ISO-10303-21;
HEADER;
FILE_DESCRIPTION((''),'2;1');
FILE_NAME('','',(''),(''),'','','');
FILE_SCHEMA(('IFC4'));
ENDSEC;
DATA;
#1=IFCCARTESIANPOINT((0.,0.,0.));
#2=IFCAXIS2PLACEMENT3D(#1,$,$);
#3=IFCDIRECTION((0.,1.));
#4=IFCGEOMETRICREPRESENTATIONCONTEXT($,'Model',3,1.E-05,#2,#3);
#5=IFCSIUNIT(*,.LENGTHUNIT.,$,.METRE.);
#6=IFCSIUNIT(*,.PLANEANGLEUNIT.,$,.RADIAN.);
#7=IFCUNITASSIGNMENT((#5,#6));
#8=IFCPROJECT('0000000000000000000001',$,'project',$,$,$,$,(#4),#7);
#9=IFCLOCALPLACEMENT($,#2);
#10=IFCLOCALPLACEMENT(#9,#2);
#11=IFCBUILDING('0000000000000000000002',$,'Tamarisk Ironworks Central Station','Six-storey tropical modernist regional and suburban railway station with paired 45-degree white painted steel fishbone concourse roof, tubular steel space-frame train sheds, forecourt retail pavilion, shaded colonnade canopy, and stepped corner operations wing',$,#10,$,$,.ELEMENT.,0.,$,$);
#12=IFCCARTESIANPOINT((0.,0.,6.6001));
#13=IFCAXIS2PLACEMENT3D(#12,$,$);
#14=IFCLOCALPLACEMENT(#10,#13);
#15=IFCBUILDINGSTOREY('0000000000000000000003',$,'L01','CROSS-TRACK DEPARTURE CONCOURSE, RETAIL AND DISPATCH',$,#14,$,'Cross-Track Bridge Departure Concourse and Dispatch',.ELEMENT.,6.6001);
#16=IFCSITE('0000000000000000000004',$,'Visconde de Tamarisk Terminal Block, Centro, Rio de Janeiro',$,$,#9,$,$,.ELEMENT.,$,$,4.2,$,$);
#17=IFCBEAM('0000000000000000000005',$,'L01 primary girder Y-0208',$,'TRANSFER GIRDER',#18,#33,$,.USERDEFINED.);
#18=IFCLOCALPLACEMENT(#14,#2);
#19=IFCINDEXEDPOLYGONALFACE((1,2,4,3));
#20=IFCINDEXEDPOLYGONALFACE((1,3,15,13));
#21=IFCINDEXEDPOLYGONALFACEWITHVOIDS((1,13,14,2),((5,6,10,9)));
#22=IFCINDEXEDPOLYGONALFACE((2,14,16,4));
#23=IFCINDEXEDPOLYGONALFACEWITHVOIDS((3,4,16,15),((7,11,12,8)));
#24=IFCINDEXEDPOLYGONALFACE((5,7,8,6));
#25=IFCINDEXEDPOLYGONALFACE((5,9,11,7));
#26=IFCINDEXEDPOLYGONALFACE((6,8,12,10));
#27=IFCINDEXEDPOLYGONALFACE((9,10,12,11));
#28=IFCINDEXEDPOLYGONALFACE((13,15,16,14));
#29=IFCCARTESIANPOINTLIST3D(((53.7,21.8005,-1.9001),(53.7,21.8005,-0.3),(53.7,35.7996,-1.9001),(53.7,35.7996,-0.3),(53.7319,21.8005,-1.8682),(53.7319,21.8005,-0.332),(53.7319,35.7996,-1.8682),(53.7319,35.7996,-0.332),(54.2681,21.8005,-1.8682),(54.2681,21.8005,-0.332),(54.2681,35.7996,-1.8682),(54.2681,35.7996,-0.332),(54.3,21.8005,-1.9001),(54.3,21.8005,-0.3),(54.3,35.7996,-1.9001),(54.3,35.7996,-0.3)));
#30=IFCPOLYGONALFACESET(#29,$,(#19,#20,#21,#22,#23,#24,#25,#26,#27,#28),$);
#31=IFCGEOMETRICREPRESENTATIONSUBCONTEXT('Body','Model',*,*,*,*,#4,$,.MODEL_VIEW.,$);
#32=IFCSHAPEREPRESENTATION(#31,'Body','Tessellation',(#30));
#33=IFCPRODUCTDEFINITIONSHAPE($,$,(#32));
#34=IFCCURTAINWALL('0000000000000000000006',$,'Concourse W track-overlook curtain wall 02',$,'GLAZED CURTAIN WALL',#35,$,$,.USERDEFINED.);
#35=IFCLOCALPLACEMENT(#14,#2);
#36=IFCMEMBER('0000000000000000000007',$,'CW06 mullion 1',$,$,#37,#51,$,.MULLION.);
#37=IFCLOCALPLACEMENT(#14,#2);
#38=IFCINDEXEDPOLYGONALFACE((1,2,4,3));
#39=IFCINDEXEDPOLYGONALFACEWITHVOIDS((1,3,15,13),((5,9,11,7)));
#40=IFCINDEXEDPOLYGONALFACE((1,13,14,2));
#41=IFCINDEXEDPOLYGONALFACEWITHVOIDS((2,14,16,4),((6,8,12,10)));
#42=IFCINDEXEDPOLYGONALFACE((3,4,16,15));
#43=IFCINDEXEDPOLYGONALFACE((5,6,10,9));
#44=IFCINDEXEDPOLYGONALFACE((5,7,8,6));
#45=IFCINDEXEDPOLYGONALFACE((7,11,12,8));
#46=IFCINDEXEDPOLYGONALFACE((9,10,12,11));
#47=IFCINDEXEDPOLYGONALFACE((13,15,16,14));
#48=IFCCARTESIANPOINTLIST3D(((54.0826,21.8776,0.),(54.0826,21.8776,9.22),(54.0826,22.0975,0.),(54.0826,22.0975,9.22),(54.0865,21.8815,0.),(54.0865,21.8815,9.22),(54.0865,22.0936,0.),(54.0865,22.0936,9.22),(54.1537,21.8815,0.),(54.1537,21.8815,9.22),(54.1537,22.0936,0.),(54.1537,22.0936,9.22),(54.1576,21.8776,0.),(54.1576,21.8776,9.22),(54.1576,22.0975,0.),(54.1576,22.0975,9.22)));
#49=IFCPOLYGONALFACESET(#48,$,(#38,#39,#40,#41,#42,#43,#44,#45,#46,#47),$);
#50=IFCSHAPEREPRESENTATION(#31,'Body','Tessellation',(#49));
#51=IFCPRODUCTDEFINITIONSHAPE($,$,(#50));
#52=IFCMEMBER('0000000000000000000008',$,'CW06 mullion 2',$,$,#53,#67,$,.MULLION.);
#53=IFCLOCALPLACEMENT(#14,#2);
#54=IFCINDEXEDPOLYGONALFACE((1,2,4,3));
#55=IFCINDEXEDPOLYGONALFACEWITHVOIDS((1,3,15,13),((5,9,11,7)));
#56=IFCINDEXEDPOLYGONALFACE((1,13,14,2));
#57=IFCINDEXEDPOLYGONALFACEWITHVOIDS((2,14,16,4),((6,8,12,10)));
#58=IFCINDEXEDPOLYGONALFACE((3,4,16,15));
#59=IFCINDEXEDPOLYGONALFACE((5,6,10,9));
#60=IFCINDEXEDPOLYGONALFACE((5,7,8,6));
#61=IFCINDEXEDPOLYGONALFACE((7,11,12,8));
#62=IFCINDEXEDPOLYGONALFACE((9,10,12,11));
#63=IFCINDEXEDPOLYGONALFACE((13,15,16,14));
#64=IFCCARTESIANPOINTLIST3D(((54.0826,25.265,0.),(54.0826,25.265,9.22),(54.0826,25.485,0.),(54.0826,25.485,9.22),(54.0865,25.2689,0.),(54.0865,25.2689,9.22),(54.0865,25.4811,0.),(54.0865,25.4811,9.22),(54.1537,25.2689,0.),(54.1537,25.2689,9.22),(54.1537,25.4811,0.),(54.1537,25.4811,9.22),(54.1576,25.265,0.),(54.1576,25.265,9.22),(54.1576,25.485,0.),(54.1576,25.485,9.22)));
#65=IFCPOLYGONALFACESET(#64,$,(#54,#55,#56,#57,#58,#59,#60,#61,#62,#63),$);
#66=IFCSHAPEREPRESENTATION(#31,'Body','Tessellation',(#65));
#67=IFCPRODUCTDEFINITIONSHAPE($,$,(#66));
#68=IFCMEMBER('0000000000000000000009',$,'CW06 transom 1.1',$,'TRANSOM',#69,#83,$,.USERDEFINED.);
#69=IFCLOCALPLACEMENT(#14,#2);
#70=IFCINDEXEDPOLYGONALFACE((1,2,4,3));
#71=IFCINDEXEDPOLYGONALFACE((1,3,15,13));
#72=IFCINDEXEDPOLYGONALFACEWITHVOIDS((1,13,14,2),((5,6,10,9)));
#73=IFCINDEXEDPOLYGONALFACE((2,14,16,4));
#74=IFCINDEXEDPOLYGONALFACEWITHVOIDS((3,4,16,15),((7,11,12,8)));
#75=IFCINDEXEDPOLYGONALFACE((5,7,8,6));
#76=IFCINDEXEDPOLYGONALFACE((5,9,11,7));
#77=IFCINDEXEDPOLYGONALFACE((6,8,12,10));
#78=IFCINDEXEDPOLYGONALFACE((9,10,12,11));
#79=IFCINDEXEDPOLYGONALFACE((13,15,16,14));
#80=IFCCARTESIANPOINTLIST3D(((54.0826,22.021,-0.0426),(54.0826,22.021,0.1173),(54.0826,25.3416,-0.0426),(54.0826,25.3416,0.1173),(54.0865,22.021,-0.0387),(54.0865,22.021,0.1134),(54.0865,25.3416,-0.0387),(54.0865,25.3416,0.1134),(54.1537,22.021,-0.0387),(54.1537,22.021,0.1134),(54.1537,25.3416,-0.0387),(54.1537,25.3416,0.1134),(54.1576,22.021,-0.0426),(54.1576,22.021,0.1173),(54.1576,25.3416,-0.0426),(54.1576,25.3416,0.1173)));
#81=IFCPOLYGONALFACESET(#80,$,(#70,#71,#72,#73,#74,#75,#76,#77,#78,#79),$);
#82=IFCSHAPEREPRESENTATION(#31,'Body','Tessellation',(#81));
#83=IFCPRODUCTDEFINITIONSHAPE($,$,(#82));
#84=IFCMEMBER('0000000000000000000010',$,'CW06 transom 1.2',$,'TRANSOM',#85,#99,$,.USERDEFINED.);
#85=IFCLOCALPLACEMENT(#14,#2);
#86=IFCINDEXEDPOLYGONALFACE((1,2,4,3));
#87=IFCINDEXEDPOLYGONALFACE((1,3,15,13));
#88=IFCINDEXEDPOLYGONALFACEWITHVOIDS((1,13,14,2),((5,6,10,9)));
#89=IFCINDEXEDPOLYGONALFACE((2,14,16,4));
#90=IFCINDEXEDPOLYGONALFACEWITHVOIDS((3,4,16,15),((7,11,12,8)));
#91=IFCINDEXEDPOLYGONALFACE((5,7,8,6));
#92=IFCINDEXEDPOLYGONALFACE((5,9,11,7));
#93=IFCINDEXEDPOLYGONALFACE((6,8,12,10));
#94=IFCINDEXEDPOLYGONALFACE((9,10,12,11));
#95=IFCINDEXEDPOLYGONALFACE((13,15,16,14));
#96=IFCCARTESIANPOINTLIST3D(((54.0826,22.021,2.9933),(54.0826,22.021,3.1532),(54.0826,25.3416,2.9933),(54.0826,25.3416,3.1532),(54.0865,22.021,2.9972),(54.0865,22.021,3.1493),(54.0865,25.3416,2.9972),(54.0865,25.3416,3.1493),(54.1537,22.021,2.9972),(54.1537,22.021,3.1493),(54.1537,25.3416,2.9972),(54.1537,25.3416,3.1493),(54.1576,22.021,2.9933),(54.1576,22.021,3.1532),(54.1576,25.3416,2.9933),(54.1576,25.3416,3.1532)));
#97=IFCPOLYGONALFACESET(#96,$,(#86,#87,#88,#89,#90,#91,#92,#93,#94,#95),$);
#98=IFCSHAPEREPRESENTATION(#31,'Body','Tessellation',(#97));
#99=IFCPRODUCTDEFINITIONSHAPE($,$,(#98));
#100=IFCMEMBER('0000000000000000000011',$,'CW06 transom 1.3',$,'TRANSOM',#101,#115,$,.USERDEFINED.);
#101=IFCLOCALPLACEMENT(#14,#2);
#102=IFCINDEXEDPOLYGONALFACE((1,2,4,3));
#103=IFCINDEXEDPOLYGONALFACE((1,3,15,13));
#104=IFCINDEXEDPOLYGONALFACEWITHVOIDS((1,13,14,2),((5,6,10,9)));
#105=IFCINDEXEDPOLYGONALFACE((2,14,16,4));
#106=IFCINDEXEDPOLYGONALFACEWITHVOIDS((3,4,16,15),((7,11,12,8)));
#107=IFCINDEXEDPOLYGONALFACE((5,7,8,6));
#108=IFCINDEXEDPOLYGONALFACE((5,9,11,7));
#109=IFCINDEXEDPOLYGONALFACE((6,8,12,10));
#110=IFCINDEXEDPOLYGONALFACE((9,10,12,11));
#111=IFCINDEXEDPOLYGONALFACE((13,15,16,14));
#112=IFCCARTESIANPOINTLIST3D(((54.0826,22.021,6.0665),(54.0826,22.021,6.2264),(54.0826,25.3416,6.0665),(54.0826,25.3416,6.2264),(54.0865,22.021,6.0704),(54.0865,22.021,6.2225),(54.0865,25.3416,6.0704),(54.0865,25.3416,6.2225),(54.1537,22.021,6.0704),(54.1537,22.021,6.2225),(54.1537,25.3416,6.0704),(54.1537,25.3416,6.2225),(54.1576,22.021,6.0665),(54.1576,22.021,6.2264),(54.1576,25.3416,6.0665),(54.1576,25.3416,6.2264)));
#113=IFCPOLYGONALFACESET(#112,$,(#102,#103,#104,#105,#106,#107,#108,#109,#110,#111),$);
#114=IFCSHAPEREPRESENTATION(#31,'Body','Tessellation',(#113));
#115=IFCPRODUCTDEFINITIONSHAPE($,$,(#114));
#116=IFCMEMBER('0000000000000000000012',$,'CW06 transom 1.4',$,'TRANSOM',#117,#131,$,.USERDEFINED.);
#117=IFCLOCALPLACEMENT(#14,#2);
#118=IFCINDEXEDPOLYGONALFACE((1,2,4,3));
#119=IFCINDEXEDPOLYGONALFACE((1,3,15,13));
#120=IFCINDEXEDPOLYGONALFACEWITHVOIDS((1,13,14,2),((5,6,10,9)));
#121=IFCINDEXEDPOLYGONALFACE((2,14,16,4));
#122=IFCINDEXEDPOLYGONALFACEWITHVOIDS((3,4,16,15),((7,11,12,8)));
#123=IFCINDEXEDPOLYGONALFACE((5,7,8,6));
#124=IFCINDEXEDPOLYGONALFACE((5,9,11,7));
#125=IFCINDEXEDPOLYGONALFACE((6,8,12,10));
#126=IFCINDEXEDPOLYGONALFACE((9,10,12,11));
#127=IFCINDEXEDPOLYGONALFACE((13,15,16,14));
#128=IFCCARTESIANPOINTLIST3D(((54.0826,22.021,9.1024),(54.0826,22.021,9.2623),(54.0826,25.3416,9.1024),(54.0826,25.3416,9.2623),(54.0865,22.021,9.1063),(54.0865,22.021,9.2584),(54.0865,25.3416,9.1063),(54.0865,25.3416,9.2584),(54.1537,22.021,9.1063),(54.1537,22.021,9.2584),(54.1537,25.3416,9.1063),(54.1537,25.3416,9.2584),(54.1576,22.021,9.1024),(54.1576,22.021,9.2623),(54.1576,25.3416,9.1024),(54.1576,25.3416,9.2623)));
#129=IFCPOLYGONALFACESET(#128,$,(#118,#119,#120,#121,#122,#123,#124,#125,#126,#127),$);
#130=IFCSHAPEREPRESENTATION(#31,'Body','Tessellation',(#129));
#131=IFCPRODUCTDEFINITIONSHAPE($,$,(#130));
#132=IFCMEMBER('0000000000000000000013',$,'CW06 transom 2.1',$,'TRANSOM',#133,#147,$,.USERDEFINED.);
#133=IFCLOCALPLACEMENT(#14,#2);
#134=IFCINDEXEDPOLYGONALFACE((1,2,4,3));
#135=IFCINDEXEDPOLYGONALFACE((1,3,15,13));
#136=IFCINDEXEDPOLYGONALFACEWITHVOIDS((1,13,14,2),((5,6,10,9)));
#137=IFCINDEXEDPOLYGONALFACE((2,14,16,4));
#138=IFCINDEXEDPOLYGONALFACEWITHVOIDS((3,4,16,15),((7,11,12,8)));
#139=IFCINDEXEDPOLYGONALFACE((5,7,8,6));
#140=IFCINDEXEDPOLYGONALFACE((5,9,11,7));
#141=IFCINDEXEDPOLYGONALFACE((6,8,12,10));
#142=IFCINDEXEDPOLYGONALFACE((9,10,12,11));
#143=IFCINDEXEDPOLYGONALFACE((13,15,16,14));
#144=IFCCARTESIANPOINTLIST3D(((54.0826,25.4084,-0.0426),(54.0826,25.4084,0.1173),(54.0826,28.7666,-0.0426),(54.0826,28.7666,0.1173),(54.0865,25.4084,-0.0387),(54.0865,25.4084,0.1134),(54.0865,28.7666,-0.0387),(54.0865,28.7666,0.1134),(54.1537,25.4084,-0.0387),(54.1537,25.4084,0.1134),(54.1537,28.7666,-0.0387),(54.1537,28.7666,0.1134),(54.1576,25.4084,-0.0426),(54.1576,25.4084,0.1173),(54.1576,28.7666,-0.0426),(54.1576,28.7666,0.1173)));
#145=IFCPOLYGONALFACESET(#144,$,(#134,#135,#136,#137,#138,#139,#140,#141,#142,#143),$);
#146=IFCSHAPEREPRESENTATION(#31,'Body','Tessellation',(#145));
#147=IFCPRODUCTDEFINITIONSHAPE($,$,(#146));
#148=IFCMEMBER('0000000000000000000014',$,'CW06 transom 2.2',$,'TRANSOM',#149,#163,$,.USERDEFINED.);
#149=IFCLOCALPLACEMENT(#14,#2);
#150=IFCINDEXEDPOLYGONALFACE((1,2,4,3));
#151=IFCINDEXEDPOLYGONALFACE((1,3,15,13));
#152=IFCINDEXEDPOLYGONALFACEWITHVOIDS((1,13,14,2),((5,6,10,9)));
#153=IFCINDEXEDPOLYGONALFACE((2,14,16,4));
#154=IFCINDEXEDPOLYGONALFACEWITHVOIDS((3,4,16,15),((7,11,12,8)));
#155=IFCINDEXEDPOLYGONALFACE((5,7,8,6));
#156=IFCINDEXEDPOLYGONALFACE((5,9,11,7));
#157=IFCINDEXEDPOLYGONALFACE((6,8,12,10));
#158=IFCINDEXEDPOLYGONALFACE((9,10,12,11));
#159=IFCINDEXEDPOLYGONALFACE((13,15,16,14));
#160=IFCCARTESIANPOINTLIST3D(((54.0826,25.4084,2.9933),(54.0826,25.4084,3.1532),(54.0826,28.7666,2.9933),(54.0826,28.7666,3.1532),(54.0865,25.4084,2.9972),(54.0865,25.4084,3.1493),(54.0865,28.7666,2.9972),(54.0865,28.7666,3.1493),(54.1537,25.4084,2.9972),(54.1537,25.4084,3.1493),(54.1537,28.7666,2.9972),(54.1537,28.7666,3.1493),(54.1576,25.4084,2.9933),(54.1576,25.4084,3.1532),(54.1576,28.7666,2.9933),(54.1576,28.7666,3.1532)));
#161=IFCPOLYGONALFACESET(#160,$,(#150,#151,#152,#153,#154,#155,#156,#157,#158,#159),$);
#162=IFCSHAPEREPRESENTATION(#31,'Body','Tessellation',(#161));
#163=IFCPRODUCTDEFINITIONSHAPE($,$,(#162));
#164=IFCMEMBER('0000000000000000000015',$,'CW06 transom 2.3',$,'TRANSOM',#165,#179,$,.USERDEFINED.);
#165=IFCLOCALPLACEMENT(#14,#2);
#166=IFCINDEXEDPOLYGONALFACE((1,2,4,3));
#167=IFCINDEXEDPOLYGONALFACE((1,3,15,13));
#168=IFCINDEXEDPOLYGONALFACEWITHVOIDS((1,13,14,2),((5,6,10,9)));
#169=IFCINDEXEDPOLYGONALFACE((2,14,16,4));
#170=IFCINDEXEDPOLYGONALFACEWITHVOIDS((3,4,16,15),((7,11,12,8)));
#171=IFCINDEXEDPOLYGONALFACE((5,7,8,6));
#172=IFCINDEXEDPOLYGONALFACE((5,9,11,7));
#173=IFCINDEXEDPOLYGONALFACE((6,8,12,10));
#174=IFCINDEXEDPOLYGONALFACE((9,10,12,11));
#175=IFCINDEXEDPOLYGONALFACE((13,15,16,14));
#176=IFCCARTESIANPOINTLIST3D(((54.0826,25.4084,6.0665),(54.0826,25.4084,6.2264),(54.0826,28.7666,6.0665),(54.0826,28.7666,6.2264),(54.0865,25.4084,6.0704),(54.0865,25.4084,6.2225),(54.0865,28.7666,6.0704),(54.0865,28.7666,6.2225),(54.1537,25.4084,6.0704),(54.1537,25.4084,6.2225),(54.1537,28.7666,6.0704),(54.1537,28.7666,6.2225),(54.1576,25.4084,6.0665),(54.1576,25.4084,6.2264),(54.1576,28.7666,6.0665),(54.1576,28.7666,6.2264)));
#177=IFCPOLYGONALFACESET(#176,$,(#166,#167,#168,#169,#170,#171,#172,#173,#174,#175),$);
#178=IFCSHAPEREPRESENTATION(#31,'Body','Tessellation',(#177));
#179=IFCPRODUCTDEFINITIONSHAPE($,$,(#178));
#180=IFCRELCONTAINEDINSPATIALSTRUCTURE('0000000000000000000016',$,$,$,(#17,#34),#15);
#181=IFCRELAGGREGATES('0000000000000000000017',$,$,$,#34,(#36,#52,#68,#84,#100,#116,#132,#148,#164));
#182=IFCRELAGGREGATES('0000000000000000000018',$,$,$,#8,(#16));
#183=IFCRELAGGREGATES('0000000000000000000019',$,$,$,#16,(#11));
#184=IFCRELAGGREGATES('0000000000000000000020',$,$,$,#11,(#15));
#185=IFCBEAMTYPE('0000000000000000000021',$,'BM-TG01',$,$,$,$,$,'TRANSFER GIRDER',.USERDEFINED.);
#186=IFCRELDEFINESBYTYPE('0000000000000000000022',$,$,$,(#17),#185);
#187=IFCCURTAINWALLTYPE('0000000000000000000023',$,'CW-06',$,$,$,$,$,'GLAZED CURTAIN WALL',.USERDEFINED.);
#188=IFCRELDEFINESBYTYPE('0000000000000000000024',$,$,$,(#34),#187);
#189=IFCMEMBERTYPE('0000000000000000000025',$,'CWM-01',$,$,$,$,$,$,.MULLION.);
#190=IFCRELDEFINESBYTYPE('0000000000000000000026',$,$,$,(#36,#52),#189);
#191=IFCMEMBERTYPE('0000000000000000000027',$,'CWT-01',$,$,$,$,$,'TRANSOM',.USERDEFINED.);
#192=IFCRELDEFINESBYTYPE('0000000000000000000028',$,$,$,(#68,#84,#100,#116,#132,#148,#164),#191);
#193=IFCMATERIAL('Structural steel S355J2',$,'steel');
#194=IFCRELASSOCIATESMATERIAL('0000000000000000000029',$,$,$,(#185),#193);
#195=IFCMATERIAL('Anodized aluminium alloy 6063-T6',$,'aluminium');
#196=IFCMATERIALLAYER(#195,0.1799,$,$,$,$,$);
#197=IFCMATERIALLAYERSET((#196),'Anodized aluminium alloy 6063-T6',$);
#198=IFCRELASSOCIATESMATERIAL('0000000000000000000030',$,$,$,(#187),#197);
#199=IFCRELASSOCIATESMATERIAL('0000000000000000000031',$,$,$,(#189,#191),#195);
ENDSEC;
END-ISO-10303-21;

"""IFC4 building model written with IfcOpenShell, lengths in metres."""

from ifc_helpers import new_model, si_unit, direction, frame, origin, origin_2d, place, context, subcontext, project, spatial, hollow_rectangle, extrude, material, layer, layer_set, material_profile, profile_set, type_object, element, aggregate, save


model = new_model("IFC4")

# Units and contexts
model_context = context("Model", 3, precision=1e-05, world=origin(), true_north=direction((0.0, 1.0)))
body_context = subcontext(model_context, "Body", "Model", "MODEL_VIEW")
ifc_project = project(units=[si_unit("LENGTHUNIT", "METRE"), si_unit("PLANEANGLEUNIT", "RADIAN")], contexts=[model_context])

# Site, building, storey
site_placement = place(None, origin())
site = spatial("IfcSite", under=ifc_project, at=site_placement, Name="Visconde de Tamarisk Terminal Block, Centro, Rio de Janeiro", CompositionType="ELEMENT", RefElevation=4.2)
building_placement = place(site_placement, origin())
building = spatial("IfcBuilding", under=site, at=building_placement, Name="Tamarisk Ironworks Central Station", Description="Six-storey tropical modernist regional and suburban railway station with paired 45-degree white painted steel fishbone concourse roof, tubular steel space-frame train sheds, forecourt retail pavilion, shaded colonnade canopy, and stepped corner operations wing", CompositionType="ELEMENT", ElevationOfRefHeight=0.0)
storey_placement = place(building_placement, frame((0.0, 0.0, 6.6001)))
storey = spatial("IfcBuildingStorey", under=building, at=storey_placement, Name="L01", Description="CROSS-TRACK DEPARTURE CONCOURSE, RETAIL AND DISPATCH", LongName="Cross-Track Bridge Departure Concourse and Dispatch", CompositionType="ELEMENT", Elevation=6.6001)

# Beam
ifc_material_1 = material(Name="Structural steel S355J2", Category="steel")
ifc_material_profile_1 = material_profile(ifc_material_1, hollow_rectangle(XDim=0.6001, YDim=1.6001, WallThickness=0.032, at=origin_2d()), Name="BOX 600x1600x32")
ifc_profile_set_1 = profile_set([ifc_material_profile_1], Name="Structural steel S355J2")
beam_type = type_object("IfcBeamType", Name="BM-TG01", ElementType="TRANSFER GIRDER", PredefinedType="USERDEFINED", material=ifc_profile_set_1)
beam_placement = place(storey_placement, frame((54.0, 21.8005, -1.1001), z_axis=(0.0, 1.0, 0.0), x_axis=(-1.0, 0.0, 0.0)))
element("IfcBeam", 1, at=beam_placement, inside=storey, type_object=beam_type, Name="L01 primary girder Y-0208", ObjectType="TRANSFER GIRDER", PredefinedType="USERDEFINED", context=body_context, shape_type="SweptSolid", body=[
    extrude(hollow_rectangle(XDim=0.6001, YDim=1.6001, WallThickness=0.032, at=origin_2d()), origin(), (0.0, 0.0, 1.0), 13.999),
])

# Curtain wall, members
ifc_material_2 = material(Name="Anodized aluminium alloy 6063-T6", Category="aluminium")
ifc_layer_1 = layer(ifc_material_2, 0.1799)
ifc_layer_set_1 = layer_set([ifc_layer_1], Name="Anodized aluminium alloy 6063-T6")
curtain_wall_type = type_object("IfcCurtainWallType", Name="CW-06", ElementType="GLAZED CURTAIN WALL", PredefinedType="USERDEFINED", material=ifc_layer_set_1)
curtain_wall_placement = place(storey_placement, origin())
curtain_wall = element("IfcCurtainWall", 2, at=curtain_wall_placement, inside=storey, type_object=curtain_wall_type, Name="Concourse W track-overlook curtain wall 02", ObjectType="GLAZED CURTAIN WALL", PredefinedType="USERDEFINED")
ifc_material_profile_2 = material_profile(ifc_material_2, hollow_rectangle(XDim=0.075, YDim=0.22, WallThickness=0.0039, at=origin_2d()), Name="ALUM 220x75")
ifc_profile_set_2 = profile_set([ifc_material_profile_2], Name="Anodized aluminium alloy 6063-T6")
member_type_1 = type_object("IfcMemberType", Name="CWM-01", PredefinedType="MULLION", material=ifc_profile_set_2)
member_1_placement = place(storey_placement, frame((54.1201, 21.9875, 0.0), z_axis=(0.0, 0.0, 1.0), x_axis=(-1.0, 0.0, 0.0)))
member_1 = element("IfcMember", 3, at=member_1_placement, type_object=member_type_1, Name="CW06 mullion 1", PredefinedType="MULLION", context=body_context, shape_type="SweptSolid", body=[
    extrude(hollow_rectangle(XDim=0.075, YDim=0.22, WallThickness=0.0039, at=origin_2d()), origin(), (0.0, 0.0, 1.0), 9.22),
])
member_2_placement = place(storey_placement, frame((54.1201, 25.375, 0.0), z_axis=(0.0, 0.0, 1.0), x_axis=(-1.0, 0.0, 0.0)))
member_2 = element("IfcMember", 4, at=member_2_placement, type_object=member_type_1, Name="CW06 mullion 2", PredefinedType="MULLION", context=body_context, shape_type="SweptSolid", body=[
    extrude(hollow_rectangle(XDim=0.075, YDim=0.22, WallThickness=0.0039, at=origin_2d()), origin(), (0.0, 0.0, 1.0), 9.22),
])
ifc_material_profile_3 = material_profile(ifc_material_2, hollow_rectangle(XDim=0.075, YDim=0.1599, WallThickness=0.0039, at=origin_2d()), Name="ALUM 160x75")
ifc_profile_set_3 = profile_set([ifc_material_profile_3], Name="Anodized aluminium alloy 6063-T6")
member_type_2 = type_object("IfcMemberType", Name="CWT-01", ElementType="TRANSOM", PredefinedType="USERDEFINED", material=ifc_profile_set_3)
member_3_placement = place(storey_placement, frame((54.1201, 22.021, 0.0374), z_axis=(0.0, 1.0, 0.0), x_axis=(-1.0, 0.0, 0.0)))
member_3 = element("IfcMember", 5, at=member_3_placement, type_object=member_type_2, Name="CW06 transom 1.1", ObjectType="TRANSOM", PredefinedType="USERDEFINED", context=body_context, shape_type="SweptSolid", body=[
    extrude(hollow_rectangle(XDim=0.075, YDim=0.1599, WallThickness=0.0039, at=origin_2d()), origin(), (0.0, 0.0, 1.0), 3.3206),
])
member_4_placement = place(storey_placement, frame((54.1201, 22.021, 3.0732), z_axis=(0.0, 1.0, 0.0), x_axis=(-1.0, 0.0, 0.0)))
member_4 = element("IfcMember", 6, at=member_4_placement, type_object=member_type_2, Name="CW06 transom 1.2", ObjectType="TRANSOM", PredefinedType="USERDEFINED", context=body_context, shape_type="SweptSolid", body=[
    extrude(hollow_rectangle(XDim=0.075, YDim=0.1599, WallThickness=0.0039, at=origin_2d()), origin(), (0.0, 0.0, 1.0), 3.3206),
])
member_5_placement = place(storey_placement, frame((54.1201, 22.021, 6.1465), z_axis=(0.0, 1.0, 0.0), x_axis=(-1.0, 0.0, 0.0)))
member_5 = element("IfcMember", 7, at=member_5_placement, type_object=member_type_2, Name="CW06 transom 1.3", ObjectType="TRANSOM", PredefinedType="USERDEFINED", context=body_context, shape_type="SweptSolid", body=[
    extrude(hollow_rectangle(XDim=0.075, YDim=0.1599, WallThickness=0.0039, at=origin_2d()), origin(), (0.0, 0.0, 1.0), 3.3206),
])
member_6_placement = place(storey_placement, frame((54.1201, 22.021, 9.1824), z_axis=(0.0, 1.0, 0.0), x_axis=(-1.0, 0.0, 0.0)))
member_6 = element("IfcMember", 8, at=member_6_placement, type_object=member_type_2, Name="CW06 transom 1.4", ObjectType="TRANSOM", PredefinedType="USERDEFINED", context=body_context, shape_type="SweptSolid", body=[
    extrude(hollow_rectangle(XDim=0.075, YDim=0.1599, WallThickness=0.0039, at=origin_2d()), origin(), (0.0, 0.0, 1.0), 3.3206),
])
member_7_placement = place(storey_placement, frame((54.1201, 25.4084, 0.0374), z_axis=(0.0, 1.0, 0.0), x_axis=(-1.0, 0.0, 0.0)))
member_7 = element("IfcMember", 9, at=member_7_placement, type_object=member_type_2, Name="CW06 transom 2.1", ObjectType="TRANSOM", PredefinedType="USERDEFINED", context=body_context, shape_type="SweptSolid", body=[
    extrude(hollow_rectangle(XDim=0.075, YDim=0.1599, WallThickness=0.0039, at=origin_2d()), origin(), (0.0, 0.0, 1.0), 3.3582),
])
member_8_placement = place(storey_placement, frame((54.1201, 25.4084, 3.0732), z_axis=(0.0, 1.0, 0.0), x_axis=(-1.0, 0.0, 0.0)))
member_8 = element("IfcMember", 10, at=member_8_placement, type_object=member_type_2, Name="CW06 transom 2.2", ObjectType="TRANSOM", PredefinedType="USERDEFINED", context=body_context, shape_type="SweptSolid", body=[
    extrude(hollow_rectangle(XDim=0.075, YDim=0.1599, WallThickness=0.0039, at=origin_2d()), origin(), (0.0, 0.0, 1.0), 3.3582),
])
member_9_placement = place(storey_placement, frame((54.1201, 25.4084, 6.1465), z_axis=(0.0, 1.0, 0.0), x_axis=(-1.0, 0.0, 0.0)))
member_9 = element("IfcMember", 11, at=member_9_placement, type_object=member_type_2, Name="CW06 transom 2.3", ObjectType="TRANSOM", PredefinedType="USERDEFINED", context=body_context, shape_type="SweptSolid", body=[
    extrude(hollow_rectangle(XDim=0.075, YDim=0.1599, WallThickness=0.0039, at=origin_2d()), origin(), (0.0, 0.0, 1.0), 3.3582),
])

aggregate(curtain_wall, [member_1, member_2, member_3, member_4, member_5, member_6, member_7, member_8, member_9])

save(model, "model.ifc")
